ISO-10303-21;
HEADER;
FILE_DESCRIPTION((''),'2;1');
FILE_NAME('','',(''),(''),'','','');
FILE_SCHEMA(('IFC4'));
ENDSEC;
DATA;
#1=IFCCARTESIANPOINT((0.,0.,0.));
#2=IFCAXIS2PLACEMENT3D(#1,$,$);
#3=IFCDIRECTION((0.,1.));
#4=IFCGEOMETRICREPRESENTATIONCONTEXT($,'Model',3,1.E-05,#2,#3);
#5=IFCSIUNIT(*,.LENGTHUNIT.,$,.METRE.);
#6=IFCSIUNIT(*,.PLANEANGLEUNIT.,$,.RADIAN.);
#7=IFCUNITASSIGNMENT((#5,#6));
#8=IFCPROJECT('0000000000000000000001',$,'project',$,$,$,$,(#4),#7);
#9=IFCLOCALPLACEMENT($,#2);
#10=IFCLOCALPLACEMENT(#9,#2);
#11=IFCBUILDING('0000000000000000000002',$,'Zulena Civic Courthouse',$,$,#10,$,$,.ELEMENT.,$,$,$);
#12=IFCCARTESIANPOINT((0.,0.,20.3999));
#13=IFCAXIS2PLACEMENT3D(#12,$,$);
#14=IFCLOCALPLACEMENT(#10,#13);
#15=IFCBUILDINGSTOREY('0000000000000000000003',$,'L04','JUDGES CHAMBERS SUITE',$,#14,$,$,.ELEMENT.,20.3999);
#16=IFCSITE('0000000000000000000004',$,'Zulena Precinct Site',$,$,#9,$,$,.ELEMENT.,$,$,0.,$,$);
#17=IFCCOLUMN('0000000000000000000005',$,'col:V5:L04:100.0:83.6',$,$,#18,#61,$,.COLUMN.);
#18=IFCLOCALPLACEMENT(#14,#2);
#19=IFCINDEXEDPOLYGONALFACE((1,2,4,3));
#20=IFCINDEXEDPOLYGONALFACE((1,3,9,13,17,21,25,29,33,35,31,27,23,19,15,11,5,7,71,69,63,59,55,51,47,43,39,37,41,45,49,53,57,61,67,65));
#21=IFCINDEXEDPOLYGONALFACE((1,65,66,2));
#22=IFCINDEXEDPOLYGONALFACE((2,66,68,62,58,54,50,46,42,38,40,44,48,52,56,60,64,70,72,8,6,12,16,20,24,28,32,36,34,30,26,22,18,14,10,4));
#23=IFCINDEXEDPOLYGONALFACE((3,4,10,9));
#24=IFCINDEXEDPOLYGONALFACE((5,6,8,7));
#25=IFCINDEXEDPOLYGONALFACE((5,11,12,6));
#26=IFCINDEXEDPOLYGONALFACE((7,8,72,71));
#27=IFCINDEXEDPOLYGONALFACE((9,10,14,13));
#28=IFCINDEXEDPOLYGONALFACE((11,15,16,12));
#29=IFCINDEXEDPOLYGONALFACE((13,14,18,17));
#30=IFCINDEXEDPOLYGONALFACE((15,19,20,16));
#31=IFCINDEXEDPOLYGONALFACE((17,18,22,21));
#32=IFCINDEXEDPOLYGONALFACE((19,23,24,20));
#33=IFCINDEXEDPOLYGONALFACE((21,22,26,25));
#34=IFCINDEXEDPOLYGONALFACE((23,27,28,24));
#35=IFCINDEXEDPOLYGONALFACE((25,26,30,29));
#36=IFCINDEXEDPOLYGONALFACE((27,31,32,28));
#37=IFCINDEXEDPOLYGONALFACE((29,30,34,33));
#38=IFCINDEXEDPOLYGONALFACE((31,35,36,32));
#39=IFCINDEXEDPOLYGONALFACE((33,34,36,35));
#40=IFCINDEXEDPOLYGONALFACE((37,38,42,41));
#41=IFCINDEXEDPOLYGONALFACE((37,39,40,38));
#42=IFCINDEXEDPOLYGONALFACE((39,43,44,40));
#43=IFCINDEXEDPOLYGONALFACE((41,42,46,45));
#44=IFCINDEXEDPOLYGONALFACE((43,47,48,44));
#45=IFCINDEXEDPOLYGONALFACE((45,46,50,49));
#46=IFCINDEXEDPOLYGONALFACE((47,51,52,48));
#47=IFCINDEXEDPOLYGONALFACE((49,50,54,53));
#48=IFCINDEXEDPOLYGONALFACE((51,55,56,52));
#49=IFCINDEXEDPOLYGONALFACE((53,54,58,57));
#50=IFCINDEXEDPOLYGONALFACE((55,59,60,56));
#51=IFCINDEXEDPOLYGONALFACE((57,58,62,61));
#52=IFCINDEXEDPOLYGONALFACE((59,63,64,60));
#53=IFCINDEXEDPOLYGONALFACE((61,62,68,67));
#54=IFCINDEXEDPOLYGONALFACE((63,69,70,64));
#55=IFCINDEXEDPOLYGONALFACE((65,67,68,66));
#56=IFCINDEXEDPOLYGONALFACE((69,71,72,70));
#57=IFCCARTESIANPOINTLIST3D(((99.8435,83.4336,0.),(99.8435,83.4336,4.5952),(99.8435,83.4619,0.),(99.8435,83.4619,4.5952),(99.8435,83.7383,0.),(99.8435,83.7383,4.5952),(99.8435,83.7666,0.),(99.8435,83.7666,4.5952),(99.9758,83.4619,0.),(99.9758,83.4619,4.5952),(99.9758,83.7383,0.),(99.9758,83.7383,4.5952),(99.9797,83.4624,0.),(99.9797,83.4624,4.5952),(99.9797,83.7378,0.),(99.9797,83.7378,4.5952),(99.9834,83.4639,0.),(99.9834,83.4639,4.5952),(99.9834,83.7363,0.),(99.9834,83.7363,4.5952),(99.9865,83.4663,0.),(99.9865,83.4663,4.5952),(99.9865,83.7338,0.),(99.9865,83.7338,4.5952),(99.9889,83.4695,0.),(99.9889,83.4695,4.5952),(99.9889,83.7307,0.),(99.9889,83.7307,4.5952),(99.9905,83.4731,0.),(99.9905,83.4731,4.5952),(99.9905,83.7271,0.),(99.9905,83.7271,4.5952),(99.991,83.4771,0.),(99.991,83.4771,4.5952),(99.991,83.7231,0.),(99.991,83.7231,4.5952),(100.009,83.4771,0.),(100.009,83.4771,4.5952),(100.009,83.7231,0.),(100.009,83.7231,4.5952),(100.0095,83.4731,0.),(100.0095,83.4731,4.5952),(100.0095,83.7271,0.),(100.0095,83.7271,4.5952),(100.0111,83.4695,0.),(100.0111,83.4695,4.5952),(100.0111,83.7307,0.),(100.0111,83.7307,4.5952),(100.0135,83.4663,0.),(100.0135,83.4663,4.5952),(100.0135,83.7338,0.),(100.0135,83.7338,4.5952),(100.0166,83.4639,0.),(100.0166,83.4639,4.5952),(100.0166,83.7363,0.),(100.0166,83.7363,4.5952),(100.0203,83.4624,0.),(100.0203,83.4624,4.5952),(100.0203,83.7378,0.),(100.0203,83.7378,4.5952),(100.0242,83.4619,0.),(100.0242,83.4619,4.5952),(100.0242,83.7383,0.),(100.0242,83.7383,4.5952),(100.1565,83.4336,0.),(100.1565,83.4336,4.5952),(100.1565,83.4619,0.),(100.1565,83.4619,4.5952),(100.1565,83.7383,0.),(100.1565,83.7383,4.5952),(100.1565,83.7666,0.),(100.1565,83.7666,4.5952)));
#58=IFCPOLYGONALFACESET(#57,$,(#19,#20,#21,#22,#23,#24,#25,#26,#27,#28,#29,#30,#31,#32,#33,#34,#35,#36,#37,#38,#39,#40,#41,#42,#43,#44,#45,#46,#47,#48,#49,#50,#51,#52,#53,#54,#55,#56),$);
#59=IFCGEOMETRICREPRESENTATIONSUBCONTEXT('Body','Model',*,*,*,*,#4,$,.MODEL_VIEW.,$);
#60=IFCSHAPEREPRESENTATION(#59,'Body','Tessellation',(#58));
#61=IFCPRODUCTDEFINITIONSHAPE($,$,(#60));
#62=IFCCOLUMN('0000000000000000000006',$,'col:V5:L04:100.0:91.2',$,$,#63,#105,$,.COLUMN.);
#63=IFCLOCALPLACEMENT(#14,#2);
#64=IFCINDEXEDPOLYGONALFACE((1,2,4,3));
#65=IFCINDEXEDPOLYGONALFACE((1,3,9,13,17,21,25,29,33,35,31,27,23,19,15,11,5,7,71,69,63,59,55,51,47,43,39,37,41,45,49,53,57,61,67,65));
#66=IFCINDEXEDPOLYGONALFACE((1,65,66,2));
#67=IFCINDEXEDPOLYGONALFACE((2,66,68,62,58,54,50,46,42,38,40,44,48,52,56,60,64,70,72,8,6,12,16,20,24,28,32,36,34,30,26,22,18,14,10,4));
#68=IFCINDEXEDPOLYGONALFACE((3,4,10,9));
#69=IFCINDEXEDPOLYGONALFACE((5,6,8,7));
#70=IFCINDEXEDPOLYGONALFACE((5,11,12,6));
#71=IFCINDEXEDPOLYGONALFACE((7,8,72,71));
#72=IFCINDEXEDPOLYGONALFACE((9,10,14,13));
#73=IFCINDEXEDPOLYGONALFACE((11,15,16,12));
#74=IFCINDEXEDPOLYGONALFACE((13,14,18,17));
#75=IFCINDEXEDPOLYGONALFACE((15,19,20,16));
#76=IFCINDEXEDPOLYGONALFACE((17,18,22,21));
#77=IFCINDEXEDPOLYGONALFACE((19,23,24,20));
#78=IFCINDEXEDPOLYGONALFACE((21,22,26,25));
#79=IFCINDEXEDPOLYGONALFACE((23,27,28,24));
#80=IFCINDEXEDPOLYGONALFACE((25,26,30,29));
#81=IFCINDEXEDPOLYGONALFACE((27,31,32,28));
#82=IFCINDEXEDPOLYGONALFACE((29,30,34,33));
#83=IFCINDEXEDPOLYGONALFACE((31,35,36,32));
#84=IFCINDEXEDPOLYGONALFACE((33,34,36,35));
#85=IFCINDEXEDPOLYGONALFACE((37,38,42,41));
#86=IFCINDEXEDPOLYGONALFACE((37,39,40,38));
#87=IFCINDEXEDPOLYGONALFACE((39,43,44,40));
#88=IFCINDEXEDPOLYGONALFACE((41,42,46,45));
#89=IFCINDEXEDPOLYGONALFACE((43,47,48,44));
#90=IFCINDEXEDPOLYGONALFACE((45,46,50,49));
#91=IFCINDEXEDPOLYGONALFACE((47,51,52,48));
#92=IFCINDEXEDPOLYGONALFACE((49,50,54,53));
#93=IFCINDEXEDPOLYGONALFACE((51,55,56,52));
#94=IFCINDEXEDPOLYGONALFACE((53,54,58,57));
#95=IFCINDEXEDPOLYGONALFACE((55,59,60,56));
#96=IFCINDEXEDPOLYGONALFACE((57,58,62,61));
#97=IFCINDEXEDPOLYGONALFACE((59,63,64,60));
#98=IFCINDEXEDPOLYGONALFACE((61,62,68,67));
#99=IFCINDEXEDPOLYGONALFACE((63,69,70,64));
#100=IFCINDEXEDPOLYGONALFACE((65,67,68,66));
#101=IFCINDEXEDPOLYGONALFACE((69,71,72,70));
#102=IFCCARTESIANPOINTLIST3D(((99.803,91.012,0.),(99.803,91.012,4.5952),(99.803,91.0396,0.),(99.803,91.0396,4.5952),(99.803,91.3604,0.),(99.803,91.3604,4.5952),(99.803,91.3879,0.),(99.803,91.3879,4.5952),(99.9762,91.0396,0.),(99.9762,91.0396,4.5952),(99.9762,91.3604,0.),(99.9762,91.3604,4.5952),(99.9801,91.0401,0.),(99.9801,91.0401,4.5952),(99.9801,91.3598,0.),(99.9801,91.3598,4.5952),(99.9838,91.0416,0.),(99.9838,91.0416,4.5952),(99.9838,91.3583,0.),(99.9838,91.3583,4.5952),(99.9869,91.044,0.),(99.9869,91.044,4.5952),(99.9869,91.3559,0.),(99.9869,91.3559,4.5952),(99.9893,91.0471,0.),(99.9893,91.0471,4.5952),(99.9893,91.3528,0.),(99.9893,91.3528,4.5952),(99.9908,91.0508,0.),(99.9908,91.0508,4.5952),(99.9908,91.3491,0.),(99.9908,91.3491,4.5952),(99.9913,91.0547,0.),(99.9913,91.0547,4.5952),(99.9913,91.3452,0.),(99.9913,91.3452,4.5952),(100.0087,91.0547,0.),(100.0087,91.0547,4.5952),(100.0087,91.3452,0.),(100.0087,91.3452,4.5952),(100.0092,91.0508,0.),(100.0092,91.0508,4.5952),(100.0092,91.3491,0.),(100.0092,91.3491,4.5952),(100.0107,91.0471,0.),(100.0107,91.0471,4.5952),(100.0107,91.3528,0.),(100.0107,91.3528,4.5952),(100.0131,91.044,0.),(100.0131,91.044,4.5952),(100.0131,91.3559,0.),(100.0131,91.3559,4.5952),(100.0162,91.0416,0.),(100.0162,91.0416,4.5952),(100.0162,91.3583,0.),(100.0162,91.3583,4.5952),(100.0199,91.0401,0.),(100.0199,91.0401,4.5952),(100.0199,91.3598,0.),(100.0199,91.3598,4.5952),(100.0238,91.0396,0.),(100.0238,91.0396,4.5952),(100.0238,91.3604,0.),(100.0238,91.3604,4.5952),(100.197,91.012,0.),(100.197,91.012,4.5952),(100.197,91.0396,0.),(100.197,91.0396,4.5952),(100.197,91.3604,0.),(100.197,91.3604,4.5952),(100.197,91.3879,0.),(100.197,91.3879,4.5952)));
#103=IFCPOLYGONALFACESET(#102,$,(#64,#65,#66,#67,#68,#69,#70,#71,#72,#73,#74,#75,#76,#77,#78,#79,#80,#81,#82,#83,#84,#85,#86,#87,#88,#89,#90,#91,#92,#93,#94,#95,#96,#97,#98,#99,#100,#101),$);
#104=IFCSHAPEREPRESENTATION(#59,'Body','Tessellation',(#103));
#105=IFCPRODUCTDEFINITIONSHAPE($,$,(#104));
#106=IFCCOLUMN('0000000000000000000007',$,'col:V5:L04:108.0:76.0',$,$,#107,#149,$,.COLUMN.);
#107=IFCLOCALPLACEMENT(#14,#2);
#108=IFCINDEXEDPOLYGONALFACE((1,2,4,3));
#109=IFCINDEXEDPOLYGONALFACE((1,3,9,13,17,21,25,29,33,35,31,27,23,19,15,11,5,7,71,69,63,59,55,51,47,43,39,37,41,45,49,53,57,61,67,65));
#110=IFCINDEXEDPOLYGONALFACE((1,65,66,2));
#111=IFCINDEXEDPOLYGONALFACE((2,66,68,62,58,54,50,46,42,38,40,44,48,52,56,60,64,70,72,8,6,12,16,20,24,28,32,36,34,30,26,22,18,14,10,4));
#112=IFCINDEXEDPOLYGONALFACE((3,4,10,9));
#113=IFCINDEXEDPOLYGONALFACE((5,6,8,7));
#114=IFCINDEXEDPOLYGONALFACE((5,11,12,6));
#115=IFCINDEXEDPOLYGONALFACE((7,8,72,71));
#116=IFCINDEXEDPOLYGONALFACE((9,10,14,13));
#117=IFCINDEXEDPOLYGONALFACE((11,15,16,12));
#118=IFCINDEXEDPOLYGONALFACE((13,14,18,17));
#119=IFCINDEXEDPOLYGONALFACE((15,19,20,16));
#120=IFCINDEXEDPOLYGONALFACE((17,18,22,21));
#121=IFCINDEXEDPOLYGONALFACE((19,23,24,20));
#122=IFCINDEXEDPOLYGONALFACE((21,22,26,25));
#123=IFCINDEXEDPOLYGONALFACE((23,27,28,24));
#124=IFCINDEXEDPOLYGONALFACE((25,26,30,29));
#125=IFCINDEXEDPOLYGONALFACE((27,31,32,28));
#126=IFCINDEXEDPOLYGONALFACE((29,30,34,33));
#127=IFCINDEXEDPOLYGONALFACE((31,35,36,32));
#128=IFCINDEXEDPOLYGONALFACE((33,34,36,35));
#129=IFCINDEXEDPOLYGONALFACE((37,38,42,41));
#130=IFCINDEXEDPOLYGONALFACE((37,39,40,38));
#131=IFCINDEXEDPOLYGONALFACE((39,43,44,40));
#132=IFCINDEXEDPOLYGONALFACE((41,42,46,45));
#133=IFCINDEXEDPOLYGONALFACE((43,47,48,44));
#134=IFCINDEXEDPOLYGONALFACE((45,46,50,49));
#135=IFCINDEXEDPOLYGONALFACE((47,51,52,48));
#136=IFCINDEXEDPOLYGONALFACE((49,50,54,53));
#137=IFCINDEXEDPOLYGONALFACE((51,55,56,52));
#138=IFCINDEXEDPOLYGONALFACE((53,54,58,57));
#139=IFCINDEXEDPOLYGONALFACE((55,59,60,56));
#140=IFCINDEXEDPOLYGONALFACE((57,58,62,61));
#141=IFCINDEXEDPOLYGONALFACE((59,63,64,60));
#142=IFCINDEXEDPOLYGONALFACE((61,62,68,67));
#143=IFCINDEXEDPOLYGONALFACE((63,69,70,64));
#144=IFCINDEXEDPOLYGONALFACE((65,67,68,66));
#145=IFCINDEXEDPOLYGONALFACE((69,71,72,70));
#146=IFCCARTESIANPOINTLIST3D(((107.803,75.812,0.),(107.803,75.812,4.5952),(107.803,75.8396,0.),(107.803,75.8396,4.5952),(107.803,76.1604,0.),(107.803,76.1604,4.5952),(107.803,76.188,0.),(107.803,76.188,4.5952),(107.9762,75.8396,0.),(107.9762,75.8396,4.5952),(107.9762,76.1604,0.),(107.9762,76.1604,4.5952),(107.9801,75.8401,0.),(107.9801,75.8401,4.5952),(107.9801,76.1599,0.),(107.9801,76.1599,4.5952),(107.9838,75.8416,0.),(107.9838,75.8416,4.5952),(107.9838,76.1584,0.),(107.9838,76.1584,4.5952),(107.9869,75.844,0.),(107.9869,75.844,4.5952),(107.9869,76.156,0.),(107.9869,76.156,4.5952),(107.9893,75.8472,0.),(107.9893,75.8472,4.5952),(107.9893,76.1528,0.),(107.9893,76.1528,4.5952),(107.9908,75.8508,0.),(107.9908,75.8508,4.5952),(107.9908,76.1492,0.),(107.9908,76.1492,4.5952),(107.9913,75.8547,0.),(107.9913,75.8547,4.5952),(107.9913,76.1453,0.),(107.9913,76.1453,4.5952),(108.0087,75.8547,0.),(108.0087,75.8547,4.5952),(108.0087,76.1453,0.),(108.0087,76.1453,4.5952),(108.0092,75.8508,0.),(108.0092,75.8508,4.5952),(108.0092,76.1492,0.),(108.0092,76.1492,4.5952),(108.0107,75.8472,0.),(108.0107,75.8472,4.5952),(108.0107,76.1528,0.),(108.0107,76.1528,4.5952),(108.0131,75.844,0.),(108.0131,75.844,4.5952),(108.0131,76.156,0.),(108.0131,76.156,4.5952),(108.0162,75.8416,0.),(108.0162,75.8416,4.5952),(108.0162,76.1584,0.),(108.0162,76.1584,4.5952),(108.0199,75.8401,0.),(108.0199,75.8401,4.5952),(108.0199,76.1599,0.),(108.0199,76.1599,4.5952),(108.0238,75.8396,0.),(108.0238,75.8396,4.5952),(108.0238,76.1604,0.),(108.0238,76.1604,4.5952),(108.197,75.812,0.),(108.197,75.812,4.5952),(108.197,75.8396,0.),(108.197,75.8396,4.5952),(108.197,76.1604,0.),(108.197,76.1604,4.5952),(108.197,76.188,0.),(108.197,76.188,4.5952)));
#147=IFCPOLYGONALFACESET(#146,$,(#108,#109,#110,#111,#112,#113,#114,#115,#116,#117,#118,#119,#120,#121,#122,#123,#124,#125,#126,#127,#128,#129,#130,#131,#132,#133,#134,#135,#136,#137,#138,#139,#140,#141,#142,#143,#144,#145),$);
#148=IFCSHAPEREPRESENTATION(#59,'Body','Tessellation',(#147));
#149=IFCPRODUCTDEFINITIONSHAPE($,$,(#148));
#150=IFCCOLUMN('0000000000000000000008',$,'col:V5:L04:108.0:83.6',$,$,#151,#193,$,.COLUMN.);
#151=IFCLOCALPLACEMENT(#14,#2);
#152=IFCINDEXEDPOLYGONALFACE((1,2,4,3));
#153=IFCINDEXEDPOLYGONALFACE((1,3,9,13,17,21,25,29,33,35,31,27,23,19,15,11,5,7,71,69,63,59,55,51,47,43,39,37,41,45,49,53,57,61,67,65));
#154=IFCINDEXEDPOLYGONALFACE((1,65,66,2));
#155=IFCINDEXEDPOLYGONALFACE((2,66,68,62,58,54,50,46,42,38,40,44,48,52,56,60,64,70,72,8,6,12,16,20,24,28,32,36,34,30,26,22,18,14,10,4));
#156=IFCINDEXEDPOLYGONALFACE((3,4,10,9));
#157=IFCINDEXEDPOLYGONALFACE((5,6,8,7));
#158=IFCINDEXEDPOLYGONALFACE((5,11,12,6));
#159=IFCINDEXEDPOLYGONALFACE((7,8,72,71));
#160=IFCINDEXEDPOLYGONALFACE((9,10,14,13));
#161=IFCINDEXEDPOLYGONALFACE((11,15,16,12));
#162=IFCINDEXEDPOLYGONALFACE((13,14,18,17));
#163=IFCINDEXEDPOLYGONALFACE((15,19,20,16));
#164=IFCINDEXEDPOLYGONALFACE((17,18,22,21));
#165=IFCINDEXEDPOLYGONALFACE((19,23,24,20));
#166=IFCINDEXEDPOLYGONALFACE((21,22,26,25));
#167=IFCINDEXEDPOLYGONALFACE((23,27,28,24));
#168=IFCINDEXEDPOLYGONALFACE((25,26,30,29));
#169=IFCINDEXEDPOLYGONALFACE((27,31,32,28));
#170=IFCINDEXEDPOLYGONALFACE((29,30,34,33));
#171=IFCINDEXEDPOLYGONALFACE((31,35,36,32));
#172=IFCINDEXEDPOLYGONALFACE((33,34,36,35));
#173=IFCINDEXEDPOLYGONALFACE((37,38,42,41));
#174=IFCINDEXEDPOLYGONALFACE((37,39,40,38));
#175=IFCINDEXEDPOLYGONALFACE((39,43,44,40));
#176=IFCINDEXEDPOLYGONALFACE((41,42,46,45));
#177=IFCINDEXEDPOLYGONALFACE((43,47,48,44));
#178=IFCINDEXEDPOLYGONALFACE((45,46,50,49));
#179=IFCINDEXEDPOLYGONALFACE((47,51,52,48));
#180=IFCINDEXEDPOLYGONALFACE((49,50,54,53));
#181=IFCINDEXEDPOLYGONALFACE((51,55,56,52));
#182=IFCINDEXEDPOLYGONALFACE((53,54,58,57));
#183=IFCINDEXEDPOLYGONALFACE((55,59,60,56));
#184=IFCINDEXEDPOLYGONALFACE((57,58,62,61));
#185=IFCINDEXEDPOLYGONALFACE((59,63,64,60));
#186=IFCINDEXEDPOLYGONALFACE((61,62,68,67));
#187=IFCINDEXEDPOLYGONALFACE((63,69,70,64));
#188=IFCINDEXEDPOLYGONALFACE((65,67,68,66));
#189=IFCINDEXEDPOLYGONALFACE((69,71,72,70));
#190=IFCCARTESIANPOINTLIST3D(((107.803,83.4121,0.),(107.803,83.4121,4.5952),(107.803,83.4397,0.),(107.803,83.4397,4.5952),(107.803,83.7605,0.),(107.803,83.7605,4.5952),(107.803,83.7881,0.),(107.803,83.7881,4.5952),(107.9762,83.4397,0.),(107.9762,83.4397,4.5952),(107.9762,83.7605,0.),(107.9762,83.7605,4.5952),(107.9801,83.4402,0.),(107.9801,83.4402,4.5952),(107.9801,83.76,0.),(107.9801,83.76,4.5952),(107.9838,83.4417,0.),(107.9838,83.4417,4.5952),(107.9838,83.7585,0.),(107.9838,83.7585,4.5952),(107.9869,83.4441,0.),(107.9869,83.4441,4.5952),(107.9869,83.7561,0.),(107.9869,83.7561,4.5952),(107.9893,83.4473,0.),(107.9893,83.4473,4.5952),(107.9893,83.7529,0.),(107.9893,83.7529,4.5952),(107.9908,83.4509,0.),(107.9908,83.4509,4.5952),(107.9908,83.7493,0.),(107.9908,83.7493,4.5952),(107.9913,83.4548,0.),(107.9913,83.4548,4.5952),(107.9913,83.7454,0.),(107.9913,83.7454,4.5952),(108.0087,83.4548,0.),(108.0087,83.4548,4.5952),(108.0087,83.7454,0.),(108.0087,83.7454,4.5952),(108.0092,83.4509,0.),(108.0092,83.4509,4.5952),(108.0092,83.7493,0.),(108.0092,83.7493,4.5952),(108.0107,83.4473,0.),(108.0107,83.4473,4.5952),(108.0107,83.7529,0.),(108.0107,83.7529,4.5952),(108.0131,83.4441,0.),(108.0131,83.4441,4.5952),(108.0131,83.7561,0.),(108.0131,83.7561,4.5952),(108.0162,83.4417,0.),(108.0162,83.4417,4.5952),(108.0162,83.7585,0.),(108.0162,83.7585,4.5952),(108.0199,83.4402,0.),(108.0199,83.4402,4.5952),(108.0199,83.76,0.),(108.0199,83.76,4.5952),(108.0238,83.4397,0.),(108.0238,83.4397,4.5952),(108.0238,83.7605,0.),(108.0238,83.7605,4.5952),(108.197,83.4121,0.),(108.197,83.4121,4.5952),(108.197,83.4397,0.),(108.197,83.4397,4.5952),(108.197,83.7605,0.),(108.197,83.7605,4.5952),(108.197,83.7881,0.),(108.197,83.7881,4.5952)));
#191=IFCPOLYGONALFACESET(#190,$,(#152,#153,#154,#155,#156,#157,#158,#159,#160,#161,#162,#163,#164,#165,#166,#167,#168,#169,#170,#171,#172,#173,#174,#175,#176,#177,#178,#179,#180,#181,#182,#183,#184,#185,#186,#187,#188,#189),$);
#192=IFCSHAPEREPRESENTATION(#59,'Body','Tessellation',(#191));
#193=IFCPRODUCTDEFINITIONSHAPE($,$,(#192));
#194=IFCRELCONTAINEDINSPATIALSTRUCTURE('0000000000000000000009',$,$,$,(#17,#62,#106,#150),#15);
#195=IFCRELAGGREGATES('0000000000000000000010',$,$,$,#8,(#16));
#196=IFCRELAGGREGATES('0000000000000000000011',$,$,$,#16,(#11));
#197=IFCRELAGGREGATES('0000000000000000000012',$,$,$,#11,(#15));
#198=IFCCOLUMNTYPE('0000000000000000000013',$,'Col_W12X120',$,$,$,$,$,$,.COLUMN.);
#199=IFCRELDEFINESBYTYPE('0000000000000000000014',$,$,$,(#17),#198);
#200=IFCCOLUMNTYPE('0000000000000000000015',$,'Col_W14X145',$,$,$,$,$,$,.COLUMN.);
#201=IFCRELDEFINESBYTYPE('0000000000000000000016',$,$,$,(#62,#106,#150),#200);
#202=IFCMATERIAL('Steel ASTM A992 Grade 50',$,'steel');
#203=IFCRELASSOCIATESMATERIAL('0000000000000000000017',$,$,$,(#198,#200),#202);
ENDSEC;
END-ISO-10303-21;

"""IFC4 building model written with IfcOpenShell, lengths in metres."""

from ifc_helpers import new_model, si_unit, direction, frame, origin, origin_2d, place, context, subcontext, project, spatial, i_section, extrude, material, material_profile, profile_set, type_object, element, save


model = new_model("IFC4")

# Units and contexts
model_context = context("Model", 3, precision=1e-05, world=origin(), true_north=direction((0.0, 1.0)))
body_context = subcontext(model_context, "Body", "Model", "MODEL_VIEW")
ifc_project = project(units=[si_unit("LENGTHUNIT", "METRE"), si_unit("PLANEANGLEUNIT", "RADIAN")], contexts=[model_context])

# Site, building, storey
site_placement = place(None, origin())
site = spatial("IfcSite", under=ifc_project, at=site_placement, Name="Zulena Precinct Site", CompositionType="ELEMENT", RefElevation=0.0)
building_placement = place(site_placement, origin())
building = spatial("IfcBuilding", under=site, at=building_placement, Name="Zulena Civic Courthouse", CompositionType="ELEMENT")
storey_placement = place(building_placement, frame((0.0, 0.0, 20.3999)))
storey = spatial("IfcBuildingStorey", under=building, at=storey_placement, Name="L04", Description="JUDGES CHAMBERS SUITE", CompositionType="ELEMENT", Elevation=20.3999)

# Columns
ifc_material_1 = material(Name="Steel ASTM A992 Grade 50", Category="steel")
ifc_material_profile_1 = material_profile(ifc_material_1, i_section(OverallWidth=0.313, OverallDepth=0.333, WebThickness=0.0181, FlangeThickness=0.0283, FilletRadius=0.0151, at=origin_2d()), Name="W12X120")
ifc_profile_set_1 = profile_set([ifc_material_profile_1], Name="Steel ASTM A992 Grade 50")
column_type_1 = type_object("IfcColumnType", Name="Col_W12X120", PredefinedType="COLUMN", material=ifc_profile_set_1)
column_placement = place(storey_placement, frame((100.0, 83.6001, 0.0), z_axis=(0.0, 0.0, 1.0), x_axis=(1.0, 0.0, 0.0)))
element("IfcColumn", 1, at=column_placement, inside=storey, type_object=column_type_1, Name="col:V5:L04:100.0:83.6", PredefinedType="COLUMN", context=body_context, shape_type="SweptSolid", body=[
    extrude(i_section(OverallWidth=0.313, OverallDepth=0.333, WebThickness=0.0181, FlangeThickness=0.0283, FilletRadius=0.0151, at=origin_2d()), origin(), (0.0, 0.0, 1.0), 4.5952),
])
ifc_material_profile_2 = material_profile(ifc_material_1, i_section(OverallWidth=0.394, OverallDepth=0.376, WebThickness=0.0173, FlangeThickness=0.0276, FilletRadius=0.0151, at=origin_2d()), Name="W14X145")
ifc_profile_set_2 = profile_set([ifc_material_profile_2], Name="Steel ASTM A992 Grade 50")
column_type_2 = type_object("IfcColumnType", Name="Col_W14X145", PredefinedType="COLUMN", material=ifc_profile_set_2)
for number, where, z_axis, x_axis, name in (
    (2, (100.0, 91.2, 0.0), (0.0, 0.0, 1.0), (1.0, 0.0, 0.0), "col:V5:L04:100.0:91.2"),
    (3, (108.0, 76.0, 0.0), (0.0, 0.0, 1.0), (1.0, 0.0, 0.0), "col:V5:L04:108.0:76.0"),
    (4, (108.0, 83.6001, 0.0), (0.0, 0.0, 1.0), (1.0, 0.0, 0.0), "col:V5:L04:108.0:83.6"),
):
    element("IfcColumn", number, at=place(storey_placement, frame(where, z_axis=z_axis, x_axis=x_axis)), inside=storey, type_object=column_type_2, Name=name, PredefinedType="COLUMN", context=body_context, shape_type="SweptSolid", body=[
        extrude(i_section(OverallWidth=0.394, OverallDepth=0.376, WebThickness=0.0173, FlangeThickness=0.0276, FilletRadius=0.0151, at=origin_2d()), origin(), (0.0, 0.0, 1.0), 4.5952),
    ])

save(model, "model.ifc")
